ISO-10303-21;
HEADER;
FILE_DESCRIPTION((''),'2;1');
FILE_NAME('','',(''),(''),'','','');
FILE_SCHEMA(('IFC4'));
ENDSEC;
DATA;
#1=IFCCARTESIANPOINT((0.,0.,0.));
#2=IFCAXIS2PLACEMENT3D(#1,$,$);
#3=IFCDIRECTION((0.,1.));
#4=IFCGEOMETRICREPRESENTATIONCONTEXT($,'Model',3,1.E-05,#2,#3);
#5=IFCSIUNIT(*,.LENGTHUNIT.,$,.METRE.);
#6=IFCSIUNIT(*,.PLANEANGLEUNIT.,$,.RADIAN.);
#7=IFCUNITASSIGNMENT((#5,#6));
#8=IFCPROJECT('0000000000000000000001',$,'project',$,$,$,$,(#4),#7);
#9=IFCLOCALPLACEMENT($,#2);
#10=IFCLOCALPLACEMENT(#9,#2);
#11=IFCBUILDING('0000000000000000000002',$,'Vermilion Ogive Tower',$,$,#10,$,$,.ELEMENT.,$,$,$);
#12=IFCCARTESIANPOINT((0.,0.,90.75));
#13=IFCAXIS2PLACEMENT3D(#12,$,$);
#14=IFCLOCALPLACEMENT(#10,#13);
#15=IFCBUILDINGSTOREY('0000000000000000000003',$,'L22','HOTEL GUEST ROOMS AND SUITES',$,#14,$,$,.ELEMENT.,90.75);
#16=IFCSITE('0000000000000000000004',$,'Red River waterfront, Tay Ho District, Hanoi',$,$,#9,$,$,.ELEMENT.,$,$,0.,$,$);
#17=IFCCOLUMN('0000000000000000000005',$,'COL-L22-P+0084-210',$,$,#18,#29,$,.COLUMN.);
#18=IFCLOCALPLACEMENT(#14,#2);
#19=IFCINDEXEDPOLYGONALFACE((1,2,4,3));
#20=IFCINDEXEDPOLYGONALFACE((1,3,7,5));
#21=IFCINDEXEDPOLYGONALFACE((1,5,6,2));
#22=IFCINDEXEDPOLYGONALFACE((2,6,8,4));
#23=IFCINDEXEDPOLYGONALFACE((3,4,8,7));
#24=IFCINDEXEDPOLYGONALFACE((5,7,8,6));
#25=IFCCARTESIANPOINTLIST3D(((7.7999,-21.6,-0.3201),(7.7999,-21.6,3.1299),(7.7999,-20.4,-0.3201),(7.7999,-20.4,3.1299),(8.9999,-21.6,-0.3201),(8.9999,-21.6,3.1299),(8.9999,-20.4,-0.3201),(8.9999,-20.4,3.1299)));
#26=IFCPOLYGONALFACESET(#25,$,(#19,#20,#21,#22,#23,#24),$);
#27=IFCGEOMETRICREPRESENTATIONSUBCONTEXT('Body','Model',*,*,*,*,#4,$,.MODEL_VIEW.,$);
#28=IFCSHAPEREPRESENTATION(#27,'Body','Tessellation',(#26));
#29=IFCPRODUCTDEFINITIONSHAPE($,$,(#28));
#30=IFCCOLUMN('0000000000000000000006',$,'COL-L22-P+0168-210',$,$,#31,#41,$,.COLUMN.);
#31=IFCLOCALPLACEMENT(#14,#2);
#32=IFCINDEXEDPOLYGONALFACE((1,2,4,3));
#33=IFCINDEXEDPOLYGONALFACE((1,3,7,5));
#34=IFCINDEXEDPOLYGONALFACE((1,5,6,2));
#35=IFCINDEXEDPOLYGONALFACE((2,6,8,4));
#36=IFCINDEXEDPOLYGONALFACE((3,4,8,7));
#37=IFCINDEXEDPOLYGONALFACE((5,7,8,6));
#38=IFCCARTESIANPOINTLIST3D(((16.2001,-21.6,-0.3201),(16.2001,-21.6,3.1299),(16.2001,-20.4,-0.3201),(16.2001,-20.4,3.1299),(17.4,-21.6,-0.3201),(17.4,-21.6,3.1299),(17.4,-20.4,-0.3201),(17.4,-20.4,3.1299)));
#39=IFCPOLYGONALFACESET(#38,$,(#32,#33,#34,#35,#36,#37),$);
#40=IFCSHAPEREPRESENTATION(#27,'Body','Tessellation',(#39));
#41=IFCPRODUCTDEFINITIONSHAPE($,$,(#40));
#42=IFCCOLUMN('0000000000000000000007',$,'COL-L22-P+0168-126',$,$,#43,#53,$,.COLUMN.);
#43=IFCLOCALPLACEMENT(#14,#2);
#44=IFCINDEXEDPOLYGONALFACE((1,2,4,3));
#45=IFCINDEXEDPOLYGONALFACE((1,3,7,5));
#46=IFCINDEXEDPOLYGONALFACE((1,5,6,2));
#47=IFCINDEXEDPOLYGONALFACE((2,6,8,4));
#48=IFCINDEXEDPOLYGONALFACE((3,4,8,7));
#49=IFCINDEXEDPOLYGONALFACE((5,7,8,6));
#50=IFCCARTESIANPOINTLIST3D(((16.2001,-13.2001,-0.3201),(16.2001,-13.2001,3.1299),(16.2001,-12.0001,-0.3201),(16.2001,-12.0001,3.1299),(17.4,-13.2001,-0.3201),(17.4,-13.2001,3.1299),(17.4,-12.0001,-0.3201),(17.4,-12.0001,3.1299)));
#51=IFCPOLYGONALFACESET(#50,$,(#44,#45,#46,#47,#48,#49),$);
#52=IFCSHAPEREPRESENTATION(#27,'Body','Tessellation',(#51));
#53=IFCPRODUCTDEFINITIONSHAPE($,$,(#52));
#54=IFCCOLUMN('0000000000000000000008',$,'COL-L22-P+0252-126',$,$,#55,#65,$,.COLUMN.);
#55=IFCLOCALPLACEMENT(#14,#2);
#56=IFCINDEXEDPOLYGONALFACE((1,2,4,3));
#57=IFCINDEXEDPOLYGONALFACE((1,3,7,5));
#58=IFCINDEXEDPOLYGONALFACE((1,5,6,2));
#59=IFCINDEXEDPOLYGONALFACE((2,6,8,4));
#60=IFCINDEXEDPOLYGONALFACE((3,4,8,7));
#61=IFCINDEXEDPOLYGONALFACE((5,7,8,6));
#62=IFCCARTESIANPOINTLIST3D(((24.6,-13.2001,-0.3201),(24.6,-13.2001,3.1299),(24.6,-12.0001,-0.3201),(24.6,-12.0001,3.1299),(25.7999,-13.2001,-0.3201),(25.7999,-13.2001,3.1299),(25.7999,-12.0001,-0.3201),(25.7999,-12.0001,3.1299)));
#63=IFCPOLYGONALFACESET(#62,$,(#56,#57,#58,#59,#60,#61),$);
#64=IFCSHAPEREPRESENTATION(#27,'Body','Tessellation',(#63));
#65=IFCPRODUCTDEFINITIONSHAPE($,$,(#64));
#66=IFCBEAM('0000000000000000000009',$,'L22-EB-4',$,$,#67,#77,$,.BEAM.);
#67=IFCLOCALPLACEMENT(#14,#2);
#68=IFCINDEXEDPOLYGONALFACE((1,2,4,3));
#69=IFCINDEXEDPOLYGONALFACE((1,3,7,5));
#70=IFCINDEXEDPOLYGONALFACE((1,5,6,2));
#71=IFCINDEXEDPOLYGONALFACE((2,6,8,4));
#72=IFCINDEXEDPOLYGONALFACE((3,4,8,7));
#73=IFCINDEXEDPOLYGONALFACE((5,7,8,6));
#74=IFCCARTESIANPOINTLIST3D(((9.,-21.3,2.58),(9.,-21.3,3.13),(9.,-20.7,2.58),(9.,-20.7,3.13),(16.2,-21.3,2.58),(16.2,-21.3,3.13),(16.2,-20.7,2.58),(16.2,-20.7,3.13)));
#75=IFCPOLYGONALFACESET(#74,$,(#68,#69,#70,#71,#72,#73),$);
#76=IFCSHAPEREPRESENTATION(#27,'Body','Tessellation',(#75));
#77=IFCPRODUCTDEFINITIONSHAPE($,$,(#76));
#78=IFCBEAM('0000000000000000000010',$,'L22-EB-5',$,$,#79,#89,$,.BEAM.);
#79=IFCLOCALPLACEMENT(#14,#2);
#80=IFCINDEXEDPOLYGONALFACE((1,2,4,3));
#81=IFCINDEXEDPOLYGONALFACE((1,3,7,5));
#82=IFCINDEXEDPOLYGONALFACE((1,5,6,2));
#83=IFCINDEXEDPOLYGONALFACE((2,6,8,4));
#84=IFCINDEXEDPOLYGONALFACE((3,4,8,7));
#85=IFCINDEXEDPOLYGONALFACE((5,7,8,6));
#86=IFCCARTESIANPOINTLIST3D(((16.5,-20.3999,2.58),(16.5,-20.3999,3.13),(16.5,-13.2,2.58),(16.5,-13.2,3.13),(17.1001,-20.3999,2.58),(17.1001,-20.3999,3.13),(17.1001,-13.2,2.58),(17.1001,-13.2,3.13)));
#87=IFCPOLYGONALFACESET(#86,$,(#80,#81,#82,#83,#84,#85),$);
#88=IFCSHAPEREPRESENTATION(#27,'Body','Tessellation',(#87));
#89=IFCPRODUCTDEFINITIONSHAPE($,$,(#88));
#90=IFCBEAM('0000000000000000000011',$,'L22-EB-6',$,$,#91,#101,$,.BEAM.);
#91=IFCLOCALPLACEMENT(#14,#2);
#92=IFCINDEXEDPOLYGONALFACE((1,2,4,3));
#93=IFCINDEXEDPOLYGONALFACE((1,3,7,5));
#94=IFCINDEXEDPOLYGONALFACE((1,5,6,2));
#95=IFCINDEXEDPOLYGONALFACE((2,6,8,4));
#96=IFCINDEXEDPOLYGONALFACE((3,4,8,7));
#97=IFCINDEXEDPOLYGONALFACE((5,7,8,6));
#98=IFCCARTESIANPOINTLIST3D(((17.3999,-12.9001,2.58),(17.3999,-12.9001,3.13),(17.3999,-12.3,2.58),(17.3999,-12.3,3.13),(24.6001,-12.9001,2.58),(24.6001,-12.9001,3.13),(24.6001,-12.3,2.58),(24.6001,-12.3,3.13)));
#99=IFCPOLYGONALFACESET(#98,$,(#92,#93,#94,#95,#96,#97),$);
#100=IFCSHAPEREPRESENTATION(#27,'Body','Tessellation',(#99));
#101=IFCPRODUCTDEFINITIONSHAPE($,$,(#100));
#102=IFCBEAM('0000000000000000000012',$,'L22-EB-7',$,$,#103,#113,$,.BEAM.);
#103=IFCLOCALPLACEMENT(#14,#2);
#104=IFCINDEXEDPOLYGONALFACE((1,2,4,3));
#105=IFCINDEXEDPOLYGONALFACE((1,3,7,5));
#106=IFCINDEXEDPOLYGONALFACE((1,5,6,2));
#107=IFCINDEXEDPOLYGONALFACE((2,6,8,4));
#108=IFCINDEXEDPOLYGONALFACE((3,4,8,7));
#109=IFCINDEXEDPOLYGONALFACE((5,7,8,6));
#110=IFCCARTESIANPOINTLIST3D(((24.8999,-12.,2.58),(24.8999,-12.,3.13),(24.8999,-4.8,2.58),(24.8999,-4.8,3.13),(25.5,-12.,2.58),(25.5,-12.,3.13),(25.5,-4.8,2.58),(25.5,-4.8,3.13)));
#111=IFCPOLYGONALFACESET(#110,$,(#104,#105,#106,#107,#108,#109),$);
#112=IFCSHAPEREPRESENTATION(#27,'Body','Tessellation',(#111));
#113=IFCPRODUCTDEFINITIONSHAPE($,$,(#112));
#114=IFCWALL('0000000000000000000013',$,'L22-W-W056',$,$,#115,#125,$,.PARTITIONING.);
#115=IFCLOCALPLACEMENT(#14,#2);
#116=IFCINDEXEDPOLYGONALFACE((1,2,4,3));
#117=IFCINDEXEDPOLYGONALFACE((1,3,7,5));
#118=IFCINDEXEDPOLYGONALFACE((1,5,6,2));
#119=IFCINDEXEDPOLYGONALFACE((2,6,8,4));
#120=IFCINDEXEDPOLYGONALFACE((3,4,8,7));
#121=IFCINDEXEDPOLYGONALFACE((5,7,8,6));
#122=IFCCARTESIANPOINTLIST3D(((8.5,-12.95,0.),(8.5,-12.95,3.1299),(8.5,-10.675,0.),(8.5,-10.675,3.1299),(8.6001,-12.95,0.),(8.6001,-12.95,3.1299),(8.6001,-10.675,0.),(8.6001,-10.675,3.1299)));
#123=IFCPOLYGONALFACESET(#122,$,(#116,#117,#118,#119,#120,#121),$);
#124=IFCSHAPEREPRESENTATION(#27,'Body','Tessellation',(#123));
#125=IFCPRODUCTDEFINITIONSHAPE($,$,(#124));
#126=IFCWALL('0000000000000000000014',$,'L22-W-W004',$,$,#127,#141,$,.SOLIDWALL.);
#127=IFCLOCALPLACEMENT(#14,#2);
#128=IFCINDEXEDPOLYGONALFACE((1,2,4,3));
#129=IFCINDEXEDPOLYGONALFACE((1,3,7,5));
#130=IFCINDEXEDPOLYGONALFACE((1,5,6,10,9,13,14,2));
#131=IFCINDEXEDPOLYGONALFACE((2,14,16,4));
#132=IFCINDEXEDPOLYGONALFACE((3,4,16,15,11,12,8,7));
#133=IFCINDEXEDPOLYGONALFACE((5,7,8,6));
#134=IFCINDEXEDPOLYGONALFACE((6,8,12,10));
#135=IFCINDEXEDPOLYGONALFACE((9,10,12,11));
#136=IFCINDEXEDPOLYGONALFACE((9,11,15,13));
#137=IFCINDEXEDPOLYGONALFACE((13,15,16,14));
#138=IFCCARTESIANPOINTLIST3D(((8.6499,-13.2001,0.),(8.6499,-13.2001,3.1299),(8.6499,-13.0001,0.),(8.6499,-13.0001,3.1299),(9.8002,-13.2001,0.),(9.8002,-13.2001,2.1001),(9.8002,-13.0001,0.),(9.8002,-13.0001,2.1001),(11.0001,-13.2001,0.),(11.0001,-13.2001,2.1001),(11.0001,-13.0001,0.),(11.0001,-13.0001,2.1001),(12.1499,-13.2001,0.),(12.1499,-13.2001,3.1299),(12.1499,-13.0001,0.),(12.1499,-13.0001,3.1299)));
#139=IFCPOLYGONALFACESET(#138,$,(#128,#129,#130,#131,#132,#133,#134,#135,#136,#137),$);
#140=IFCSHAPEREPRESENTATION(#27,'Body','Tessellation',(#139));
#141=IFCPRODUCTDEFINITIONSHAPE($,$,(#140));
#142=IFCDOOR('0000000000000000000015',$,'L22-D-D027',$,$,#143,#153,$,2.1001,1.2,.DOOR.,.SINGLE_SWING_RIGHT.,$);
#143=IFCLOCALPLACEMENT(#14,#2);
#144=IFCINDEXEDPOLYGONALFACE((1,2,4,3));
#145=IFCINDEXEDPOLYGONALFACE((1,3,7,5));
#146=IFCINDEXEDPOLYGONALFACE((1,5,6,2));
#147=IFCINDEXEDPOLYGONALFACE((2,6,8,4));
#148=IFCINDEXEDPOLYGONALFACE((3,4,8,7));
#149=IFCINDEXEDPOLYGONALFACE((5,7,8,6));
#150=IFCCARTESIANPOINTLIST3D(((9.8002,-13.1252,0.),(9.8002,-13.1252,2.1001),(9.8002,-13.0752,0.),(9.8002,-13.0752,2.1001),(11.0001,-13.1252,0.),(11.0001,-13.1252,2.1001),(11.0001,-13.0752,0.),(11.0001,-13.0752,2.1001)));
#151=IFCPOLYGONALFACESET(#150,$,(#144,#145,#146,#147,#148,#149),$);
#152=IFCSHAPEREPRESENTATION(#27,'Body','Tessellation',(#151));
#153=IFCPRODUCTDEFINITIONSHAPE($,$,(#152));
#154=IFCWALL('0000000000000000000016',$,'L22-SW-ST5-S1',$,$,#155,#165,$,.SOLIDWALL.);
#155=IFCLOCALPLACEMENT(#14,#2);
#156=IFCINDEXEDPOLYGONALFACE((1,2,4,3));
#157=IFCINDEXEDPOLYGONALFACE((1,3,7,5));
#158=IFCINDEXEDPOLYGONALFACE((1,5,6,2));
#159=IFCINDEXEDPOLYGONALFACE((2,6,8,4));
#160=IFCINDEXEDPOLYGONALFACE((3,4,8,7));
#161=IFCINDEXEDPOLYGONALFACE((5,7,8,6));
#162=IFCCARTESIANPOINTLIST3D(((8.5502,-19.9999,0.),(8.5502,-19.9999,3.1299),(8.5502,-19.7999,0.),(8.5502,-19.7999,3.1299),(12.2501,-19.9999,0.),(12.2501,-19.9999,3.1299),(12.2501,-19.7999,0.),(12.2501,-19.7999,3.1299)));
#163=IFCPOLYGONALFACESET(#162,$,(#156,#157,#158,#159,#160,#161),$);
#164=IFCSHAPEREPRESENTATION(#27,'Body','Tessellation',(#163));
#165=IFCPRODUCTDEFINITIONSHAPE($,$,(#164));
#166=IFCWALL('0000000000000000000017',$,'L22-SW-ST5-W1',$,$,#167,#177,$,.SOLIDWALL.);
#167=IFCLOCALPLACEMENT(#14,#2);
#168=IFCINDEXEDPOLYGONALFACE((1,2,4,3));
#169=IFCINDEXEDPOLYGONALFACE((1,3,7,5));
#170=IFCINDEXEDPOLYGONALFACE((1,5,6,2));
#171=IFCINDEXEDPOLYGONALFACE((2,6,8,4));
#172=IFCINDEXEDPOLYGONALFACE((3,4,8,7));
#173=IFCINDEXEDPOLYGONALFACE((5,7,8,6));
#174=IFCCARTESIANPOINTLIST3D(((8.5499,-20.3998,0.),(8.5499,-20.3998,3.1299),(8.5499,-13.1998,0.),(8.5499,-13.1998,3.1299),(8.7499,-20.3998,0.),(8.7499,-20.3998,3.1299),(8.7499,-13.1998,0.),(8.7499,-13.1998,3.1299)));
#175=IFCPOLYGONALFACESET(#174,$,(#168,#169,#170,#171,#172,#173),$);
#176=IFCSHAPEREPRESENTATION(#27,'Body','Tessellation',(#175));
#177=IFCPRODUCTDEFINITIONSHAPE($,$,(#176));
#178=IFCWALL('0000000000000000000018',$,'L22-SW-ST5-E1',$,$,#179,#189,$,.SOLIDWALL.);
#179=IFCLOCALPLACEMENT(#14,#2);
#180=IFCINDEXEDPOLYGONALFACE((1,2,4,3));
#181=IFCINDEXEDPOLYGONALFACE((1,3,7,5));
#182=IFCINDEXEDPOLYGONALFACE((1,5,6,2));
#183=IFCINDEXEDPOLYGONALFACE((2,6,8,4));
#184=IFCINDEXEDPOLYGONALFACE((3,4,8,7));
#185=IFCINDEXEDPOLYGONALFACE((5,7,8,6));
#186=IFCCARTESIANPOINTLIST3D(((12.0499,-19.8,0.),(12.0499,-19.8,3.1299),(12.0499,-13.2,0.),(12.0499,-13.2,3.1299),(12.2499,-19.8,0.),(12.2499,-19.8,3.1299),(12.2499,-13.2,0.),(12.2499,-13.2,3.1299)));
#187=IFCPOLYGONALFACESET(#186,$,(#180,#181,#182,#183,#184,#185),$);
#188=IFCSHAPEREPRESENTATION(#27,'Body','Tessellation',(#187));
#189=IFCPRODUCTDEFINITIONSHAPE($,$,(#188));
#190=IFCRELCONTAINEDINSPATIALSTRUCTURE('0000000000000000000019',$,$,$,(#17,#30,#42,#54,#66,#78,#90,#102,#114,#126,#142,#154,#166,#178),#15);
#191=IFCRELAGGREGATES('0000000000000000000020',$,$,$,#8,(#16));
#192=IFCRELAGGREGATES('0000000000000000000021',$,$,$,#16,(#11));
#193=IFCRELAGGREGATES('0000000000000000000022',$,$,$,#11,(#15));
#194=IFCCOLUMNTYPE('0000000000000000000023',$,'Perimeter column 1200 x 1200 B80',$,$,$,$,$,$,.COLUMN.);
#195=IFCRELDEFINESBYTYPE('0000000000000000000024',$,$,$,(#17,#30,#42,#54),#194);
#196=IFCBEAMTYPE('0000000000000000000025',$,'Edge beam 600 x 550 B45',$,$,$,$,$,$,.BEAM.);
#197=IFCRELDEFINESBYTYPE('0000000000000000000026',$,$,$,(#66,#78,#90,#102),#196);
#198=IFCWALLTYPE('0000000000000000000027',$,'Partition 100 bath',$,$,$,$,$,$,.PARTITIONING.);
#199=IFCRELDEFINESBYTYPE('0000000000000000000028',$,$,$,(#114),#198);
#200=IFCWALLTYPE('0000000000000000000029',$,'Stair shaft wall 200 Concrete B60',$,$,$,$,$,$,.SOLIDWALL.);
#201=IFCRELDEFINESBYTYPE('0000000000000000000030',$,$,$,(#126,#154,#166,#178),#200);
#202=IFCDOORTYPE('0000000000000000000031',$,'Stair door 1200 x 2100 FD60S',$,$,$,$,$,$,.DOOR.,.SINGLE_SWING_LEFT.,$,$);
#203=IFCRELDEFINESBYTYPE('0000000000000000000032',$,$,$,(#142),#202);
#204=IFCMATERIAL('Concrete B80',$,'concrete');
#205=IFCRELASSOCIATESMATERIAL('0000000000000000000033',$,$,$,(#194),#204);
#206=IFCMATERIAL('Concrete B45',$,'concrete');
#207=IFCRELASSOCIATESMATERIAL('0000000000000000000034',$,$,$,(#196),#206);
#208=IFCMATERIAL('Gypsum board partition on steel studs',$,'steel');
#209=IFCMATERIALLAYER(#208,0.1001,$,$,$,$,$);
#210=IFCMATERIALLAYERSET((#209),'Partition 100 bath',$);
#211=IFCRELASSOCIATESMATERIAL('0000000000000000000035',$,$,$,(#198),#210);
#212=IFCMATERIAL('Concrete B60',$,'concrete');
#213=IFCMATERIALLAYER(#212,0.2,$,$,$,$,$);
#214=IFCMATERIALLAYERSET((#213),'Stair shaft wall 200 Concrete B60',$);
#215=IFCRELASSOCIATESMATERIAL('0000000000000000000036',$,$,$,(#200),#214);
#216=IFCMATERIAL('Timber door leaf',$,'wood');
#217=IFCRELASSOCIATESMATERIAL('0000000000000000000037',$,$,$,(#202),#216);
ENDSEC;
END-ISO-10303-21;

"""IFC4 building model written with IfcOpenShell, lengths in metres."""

from ifc_helpers import new_model, si_unit, direction, frame, frame_2d, origin, origin_2d, place, context, subcontext, project, spatial, rectangle, extrude, material, layer, layer_set, material_profile, profile_set, type_object, element, fill, save


model = new_model("IFC4")

# Units and contexts
model_context = context("Model", 3, precision=1e-05, world=origin(), true_north=direction((0.0, 1.0)))
body_context = subcontext(model_context, "Body", "Model", "MODEL_VIEW")
ifc_project = project(units=[si_unit("LENGTHUNIT", "METRE"), si_unit("PLANEANGLEUNIT", "RADIAN")], contexts=[model_context])

# Site, building, storey
site_placement = place(None, origin())
site = spatial("IfcSite", under=ifc_project, at=site_placement, Name="Red River waterfront, Tay Ho District, Hanoi", CompositionType="ELEMENT", RefElevation=0.0)
building_placement = place(site_placement, origin())
building = spatial("IfcBuilding", under=site, at=building_placement, Name="Vermilion Ogive Tower", CompositionType="ELEMENT")
storey_placement = place(building_placement, frame((0.0, 0.0, 90.75)))
storey = spatial("IfcBuildingStorey", under=building, at=storey_placement, Name="L22", Description="HOTEL GUEST ROOMS AND SUITES", CompositionType="ELEMENT", Elevation=90.75)

# Columns
ifc_material_1 = material(Name="Concrete B80", Category="concrete")
ifc_material_profile_1 = material_profile(ifc_material_1, rectangle(XDim=1.2, YDim=1.2, at=origin_2d()), Name="1200 x 1200")
ifc_profile_set_1 = profile_set([ifc_material_profile_1], Name="Concrete B80")
column_type = type_object("IfcColumnType", Name="Perimeter column 1200 x 1200 B80", PredefinedType="COLUMN", material=ifc_profile_set_1)
for number, where, z_axis, x_axis, name in (
    (1, (8.3999, -21.0, -0.3201), (0.0, 0.0, 1.0), (1.0, 0.0, 0.0), "COL-L22-P+0084-210"),
    (2, (16.8, -21.0, -0.3201), (0.0, 0.0, 1.0), (1.0, 0.0, 0.0), "COL-L22-P+0168-210"),
    (3, (16.8, -12.6001, -0.3201), (0.0, 0.0, 1.0), (1.0, 0.0, 0.0), "COL-L22-P+0168-126"),
    (4, (25.2, -12.6001, -0.3201), (0.0, 0.0, 1.0), (1.0, 0.0, 0.0), "COL-L22-P+0252-126"),
):
    element("IfcColumn", number, at=place(storey_placement, frame(where, z_axis=z_axis, x_axis=x_axis)), inside=storey, type_object=column_type, Name=name, PredefinedType="COLUMN", context=body_context, shape_type="SweptSolid", body=[
        extrude(rectangle(XDim=1.2, YDim=1.2, at=origin_2d()), origin(), (0.0, 0.0, 1.0), 3.45),
    ])

# Beams
ifc_material_2 = material(Name="Concrete B45", Category="concrete")
ifc_material_profile_2 = material_profile(ifc_material_2, rectangle(XDim=0.6001, YDim=0.55, at=origin_2d()), Name="600 x 550")
ifc_profile_set_2 = profile_set([ifc_material_profile_2], Name="Concrete B45")
beam_type = type_object("IfcBeamType", Name="Edge beam 600 x 550 B45", PredefinedType="BEAM", material=ifc_profile_set_2)
for number, where, z_axis, x_axis, name in (
    (5, (9.0, -21.0, 2.855), (1.0, 0.0, 0.0), (0.0, 1.0, 0.0), "L22-EB-4"),
    (6, (16.8, -20.3999, 2.855), (0.0, 1.0, 0.0), (-1.0, 0.0, 0.0), "L22-EB-5"),
):
    element("IfcBeam", number, at=place(storey_placement, frame(where, z_axis=z_axis, x_axis=x_axis)), inside=storey, type_object=beam_type, Name=name, PredefinedType="BEAM", context=body_context, shape_type="SweptSolid", body=[
        extrude(rectangle(XDim=0.6001, YDim=0.55, at=origin_2d()), origin(), (0.0, 0.0, 1.0), 7.2),
    ])
beam_1_placement = place(storey_placement, frame((17.3999, -12.6001, 2.855), z_axis=(1.0, 0.0, 0.0), x_axis=(0.0, 1.0, 0.0)))
element("IfcBeam", 7, at=beam_1_placement, inside=storey, type_object=beam_type, Name="L22-EB-6", PredefinedType="BEAM", context=body_context, shape_type="SweptSolid", body=[
    extrude(rectangle(XDim=0.6001, YDim=0.55, at=origin_2d()), origin(), (0.0, 0.0, 1.0), 7.2002),
])
beam_2_placement = place(storey_placement, frame((25.2, -12.0, 2.855), z_axis=(0.0, 1.0, 0.0), x_axis=(-1.0, 0.0, 0.0)))
element("IfcBeam", 8, at=beam_2_placement, inside=storey, type_object=beam_type, Name="L22-EB-7", PredefinedType="BEAM", context=body_context, shape_type="SweptSolid", body=[
    extrude(rectangle(XDim=0.6001, YDim=0.55, at=origin_2d()), origin(), (0.0, 0.0, 1.0), 7.2),
])

# Wall
ifc_material_3 = material(Name="Gypsum board partition on steel studs", Category="steel")
ifc_layer_1 = layer(ifc_material_3, 0.1001)
ifc_layer_set_1 = layer_set([ifc_layer_1], Name="Partition 100 bath")
wall_type_1 = type_object("IfcWallType", Name="Partition 100 bath", PredefinedType="PARTITIONING", material=ifc_layer_set_1)
wall_1_placement = place(storey_placement, frame((8.55, -12.95, 0.0), z_axis=(0.0, 0.0, 1.0), x_axis=(0.0, 1.0, 0.0)))
element("IfcWall", 9, at=wall_1_placement, inside=storey, type_object=wall_type_1, Name="L22-W-W056", PredefinedType="PARTITIONING", context=body_context, shape_type="SweptSolid", body=[
    extrude(rectangle(XDim=2.2749, YDim=0.1001, at=frame_2d((1.1375, 0.0))), origin(), (0.0, 0.0, 1.0), 3.1299),
])

# Wall, opening, door
ifc_material_4 = material(Name="Concrete B60", Category="concrete")
ifc_layer_2 = layer(ifc_material_4, 0.2)
ifc_layer_set_2 = layer_set([ifc_layer_2], Name="Stair shaft wall 200 Concrete B60")
wall_type_2 = type_object("IfcWallType", Name="Stair shaft wall 200 Concrete B60", PredefinedType="SOLIDWALL", material=ifc_layer_set_2)
wall_2_placement = place(storey_placement, frame((8.6499, -13.1001, 0.0), z_axis=(0.0, 0.0, 1.0), x_axis=(1.0, 0.0, 0.0)))
wall_2 = element("IfcWall", 10, at=wall_2_placement, inside=storey, type_object=wall_type_2, Name="L22-W-W004", PredefinedType="SOLIDWALL", context=body_context, shape_type="SweptSolid", body=[
    extrude(rectangle(XDim=3.5, YDim=0.2, at=frame_2d((1.75, 0.0))), origin(), (0.0, 0.0, 1.0), 3.1299),
])
opening_1_placement = place(wall_2_placement, frame((1.1501, 0.0, 0.0)))
opening_1 = element("IfcOpeningElement", 11, at=opening_1_placement, cuts=wall_2, PredefinedType="OPENING", context=body_context, shape_type="SweptSolid", body=[
    extrude(rectangle(XDim=1.2, YDim=2.1001, at=frame_2d((0.6001, 1.05))), frame((0.0, 0.1099, 0.0), z_axis=(0.0, -1.0, 0.0), x_axis=(1.0, 0.0, 0.0)), (0.0, 0.0, 1.0), 0.22),
])
ifc_material_5 = material(Name="Timber door leaf", Category="wood")
door_type_1 = type_object("IfcDoorType", Name="Stair door 1200 x 2100 FD60S", OperationType="SINGLE_SWING_LEFT", PredefinedType="DOOR", material=ifc_material_5)
door_1_placement = place(opening_1_placement, origin())
door_1 = element("IfcDoor", 12, at=door_1_placement, inside=storey, type_object=door_type_1, Name="L22-D-D027", OperationType="SINGLE_SWING_RIGHT", OverallHeight=2.1001, OverallWidth=1.2, PredefinedType="DOOR", context=body_context, shape_type="SweptSolid", body=[
    extrude(rectangle(XDim=1.2, YDim=2.1001, at=frame_2d((0.6001, 1.05))), frame((0.0, 0.0249, 0.0), z_axis=(0.0, -1.0, 0.0), x_axis=(1.0, 0.0, 0.0)), (0.0, 0.0, 1.0), 0.05),
])
fill(opening_1, door_1)

# Walls
wall_3_placement = place(storey_placement, frame((8.55, -19.8999, 0.0), z_axis=(0.0, 0.0, 1.0), x_axis=(1.0, 0.0, 0.0)))
element("IfcWall", 13, at=wall_3_placement, inside=storey, type_object=wall_type_2, Name="L22-SW-ST5-S1", PredefinedType="SOLIDWALL", context=body_context, shape_type="SweptSolid", body=[
    extrude(rectangle(XDim=3.7, YDim=0.2, at=frame_2d((1.8501, 0.0))), origin(), (0.0, 0.0, 1.0), 3.1299),
])
wall_4_placement = place(storey_placement, frame((8.6499, -20.3999, 0.0), z_axis=(0.0, 0.0, 1.0), x_axis=(0.0, 1.0, 0.0)))
element("IfcWall", 14, at=wall_4_placement, inside=storey, type_object=wall_type_2, Name="L22-SW-ST5-W1", PredefinedType="SOLIDWALL", context=body_context, shape_type="SweptSolid", body=[
    extrude(rectangle(XDim=7.2, YDim=0.2, at=frame_2d((3.6001, 0.0))), origin(), (0.0, 0.0, 1.0), 3.1299),
])
wall_5_placement = place(storey_placement, frame((12.1499, -19.8, 0.0), z_axis=(0.0, 0.0, 1.0), x_axis=(0.0, 1.0, 0.0)))
element("IfcWall", 15, at=wall_5_placement, inside=storey, type_object=wall_type_2, Name="L22-SW-ST5-E1", PredefinedType="SOLIDWALL", context=body_context, shape_type="SweptSolid", body=[
    extrude(rectangle(XDim=6.6001, YDim=0.2, at=frame_2d((3.3, 0.0))), origin(), (0.0, 0.0, 1.0), 3.1299),
])

save(model, "model.ifc")
